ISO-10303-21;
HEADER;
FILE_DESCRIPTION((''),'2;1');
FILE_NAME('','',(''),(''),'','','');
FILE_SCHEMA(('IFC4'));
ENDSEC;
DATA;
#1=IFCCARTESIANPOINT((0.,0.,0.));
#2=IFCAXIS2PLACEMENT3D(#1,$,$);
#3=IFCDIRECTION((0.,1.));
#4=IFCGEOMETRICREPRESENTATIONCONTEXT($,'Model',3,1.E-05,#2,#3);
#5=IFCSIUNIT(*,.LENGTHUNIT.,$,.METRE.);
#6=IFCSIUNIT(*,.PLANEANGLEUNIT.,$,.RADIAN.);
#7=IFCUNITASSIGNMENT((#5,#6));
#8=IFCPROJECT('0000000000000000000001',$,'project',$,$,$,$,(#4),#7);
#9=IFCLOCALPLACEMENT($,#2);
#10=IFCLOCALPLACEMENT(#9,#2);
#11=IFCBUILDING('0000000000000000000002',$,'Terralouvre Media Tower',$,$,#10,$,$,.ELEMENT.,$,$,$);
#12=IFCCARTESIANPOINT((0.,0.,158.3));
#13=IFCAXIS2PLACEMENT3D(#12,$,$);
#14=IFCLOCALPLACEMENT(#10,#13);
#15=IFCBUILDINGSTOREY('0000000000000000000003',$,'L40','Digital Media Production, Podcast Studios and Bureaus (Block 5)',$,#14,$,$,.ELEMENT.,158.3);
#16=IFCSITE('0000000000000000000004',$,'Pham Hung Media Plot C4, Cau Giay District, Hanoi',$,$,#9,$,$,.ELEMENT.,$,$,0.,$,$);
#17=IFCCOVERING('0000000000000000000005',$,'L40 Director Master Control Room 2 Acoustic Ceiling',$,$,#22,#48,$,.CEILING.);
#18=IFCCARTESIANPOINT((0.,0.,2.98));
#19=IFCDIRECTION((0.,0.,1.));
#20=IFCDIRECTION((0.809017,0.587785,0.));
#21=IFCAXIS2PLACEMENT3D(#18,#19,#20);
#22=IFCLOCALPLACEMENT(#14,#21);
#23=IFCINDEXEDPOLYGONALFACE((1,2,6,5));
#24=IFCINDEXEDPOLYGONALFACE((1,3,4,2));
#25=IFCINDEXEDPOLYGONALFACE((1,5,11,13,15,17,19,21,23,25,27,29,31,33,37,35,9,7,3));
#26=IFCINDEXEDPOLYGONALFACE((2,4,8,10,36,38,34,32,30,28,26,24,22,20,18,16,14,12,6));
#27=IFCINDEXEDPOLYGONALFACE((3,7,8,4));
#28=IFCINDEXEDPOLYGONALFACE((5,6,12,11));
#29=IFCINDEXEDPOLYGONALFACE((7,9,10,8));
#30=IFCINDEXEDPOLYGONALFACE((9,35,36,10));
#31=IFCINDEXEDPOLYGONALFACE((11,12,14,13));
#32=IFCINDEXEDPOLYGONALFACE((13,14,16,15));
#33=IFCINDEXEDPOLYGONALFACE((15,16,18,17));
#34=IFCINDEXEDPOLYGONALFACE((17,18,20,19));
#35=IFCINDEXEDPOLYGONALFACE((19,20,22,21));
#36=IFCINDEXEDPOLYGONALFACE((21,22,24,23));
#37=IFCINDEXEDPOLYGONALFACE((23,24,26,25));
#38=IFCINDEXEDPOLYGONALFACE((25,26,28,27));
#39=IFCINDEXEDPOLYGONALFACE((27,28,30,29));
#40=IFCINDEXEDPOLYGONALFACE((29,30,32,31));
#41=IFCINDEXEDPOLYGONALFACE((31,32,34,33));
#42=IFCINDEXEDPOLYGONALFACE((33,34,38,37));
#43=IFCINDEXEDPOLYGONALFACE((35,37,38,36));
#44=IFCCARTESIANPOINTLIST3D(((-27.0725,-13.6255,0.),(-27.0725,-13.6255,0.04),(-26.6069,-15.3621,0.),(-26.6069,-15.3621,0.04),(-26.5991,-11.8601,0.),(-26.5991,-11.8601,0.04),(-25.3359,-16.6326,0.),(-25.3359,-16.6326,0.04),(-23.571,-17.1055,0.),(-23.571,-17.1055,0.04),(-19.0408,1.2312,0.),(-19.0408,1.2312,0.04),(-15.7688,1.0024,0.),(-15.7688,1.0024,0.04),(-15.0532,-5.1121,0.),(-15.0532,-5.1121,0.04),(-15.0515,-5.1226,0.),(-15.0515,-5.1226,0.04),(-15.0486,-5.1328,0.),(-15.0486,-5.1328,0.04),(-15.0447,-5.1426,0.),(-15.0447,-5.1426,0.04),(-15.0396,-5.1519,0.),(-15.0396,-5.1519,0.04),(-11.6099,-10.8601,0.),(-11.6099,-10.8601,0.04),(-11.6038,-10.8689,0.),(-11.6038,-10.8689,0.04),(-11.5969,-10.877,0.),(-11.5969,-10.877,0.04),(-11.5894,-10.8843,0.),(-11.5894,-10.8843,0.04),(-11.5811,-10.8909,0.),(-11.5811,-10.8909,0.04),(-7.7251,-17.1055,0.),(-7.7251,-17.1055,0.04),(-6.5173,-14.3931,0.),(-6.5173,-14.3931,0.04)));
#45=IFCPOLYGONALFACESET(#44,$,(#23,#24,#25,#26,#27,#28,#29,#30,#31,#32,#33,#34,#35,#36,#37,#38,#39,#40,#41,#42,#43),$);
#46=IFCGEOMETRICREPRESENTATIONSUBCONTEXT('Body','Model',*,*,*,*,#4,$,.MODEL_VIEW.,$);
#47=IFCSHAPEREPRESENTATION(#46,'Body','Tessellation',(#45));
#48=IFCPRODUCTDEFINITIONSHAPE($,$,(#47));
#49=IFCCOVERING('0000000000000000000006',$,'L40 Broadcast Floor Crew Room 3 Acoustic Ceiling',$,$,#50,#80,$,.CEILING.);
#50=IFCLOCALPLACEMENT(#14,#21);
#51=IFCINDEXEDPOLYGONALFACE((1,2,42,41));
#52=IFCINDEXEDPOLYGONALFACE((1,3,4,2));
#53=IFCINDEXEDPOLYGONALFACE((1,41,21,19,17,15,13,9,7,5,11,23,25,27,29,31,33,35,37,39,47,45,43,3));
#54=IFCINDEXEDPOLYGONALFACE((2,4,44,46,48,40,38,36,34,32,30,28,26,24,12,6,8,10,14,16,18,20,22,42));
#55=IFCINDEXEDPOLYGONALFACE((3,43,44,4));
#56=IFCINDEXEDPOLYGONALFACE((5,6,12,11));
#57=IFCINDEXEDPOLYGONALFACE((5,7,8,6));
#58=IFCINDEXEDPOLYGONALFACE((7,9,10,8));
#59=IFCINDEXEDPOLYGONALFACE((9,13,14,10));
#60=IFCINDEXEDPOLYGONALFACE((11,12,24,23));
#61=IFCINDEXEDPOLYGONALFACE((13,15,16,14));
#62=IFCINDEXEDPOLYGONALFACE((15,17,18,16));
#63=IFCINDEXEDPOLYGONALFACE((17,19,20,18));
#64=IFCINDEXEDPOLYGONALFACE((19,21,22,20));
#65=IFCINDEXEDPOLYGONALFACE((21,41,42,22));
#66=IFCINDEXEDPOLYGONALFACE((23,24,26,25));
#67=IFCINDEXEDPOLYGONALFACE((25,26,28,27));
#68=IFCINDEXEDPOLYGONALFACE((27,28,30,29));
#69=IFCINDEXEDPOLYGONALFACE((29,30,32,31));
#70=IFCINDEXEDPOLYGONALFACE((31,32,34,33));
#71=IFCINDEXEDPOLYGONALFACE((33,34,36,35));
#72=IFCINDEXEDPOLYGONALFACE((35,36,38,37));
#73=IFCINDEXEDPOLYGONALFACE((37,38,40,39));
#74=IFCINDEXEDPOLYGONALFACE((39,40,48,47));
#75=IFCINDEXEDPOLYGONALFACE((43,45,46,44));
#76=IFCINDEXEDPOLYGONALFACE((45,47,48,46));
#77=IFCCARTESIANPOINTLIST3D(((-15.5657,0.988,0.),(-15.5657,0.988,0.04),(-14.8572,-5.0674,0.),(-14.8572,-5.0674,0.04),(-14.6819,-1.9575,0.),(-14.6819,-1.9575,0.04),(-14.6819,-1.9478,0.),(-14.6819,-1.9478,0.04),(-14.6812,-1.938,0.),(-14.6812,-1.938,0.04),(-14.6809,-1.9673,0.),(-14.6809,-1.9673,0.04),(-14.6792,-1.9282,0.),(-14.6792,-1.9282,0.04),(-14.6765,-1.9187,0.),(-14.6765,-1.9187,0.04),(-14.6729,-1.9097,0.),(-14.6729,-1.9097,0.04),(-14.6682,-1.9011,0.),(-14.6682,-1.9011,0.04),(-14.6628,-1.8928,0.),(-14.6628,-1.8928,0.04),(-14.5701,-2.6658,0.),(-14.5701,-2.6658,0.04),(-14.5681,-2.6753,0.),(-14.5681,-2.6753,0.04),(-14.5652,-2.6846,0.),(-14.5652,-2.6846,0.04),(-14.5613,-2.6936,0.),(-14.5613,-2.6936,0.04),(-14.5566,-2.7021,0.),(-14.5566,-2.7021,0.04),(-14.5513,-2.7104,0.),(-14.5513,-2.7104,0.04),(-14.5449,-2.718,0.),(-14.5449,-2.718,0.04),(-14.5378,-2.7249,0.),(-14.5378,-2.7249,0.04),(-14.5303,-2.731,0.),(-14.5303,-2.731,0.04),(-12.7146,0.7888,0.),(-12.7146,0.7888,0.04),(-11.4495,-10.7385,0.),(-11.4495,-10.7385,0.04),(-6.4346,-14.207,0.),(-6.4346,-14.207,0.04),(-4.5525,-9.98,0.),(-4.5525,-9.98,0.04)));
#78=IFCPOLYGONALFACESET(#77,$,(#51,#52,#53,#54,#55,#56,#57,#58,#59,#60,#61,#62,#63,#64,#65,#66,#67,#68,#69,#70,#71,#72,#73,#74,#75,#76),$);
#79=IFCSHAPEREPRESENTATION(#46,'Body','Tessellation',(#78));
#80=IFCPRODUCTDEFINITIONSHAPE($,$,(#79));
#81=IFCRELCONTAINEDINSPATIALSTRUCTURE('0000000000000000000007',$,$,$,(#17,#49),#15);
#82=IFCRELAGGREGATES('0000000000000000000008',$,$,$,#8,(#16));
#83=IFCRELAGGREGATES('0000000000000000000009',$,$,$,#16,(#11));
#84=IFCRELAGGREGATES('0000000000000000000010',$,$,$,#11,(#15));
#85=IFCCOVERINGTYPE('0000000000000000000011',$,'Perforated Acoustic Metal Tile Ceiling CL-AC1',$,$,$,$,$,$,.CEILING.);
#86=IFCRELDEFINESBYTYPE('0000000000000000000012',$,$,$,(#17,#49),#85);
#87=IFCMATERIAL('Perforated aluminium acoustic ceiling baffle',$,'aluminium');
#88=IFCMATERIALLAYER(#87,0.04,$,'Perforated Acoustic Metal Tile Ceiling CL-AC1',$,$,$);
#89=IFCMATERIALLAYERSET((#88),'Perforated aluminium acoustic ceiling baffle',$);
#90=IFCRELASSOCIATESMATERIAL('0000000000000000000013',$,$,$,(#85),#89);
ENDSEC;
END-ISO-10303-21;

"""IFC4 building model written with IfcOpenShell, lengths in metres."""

from ifc_helpers import new_model, si_unit, direction, frame, origin, place, context, subcontext, project, spatial, polyline, outline, extrude, material, layer, layer_set, type_object, element, save


model = new_model("IFC4")

# Units and contexts
model_context = context("Model", 3, precision=1e-05, world=origin(), true_north=direction((0.0, 1.0)))
body_context = subcontext(model_context, "Body", "Model", "MODEL_VIEW")
ifc_project = project(units=[si_unit("LENGTHUNIT", "METRE"), si_unit("PLANEANGLEUNIT", "RADIAN")], contexts=[model_context])

# Site, building, storey
site_placement = place(None, origin())
site = spatial("IfcSite", under=ifc_project, at=site_placement, Name="Pham Hung Media Plot C4, Cau Giay District, Hanoi", CompositionType="ELEMENT", RefElevation=0.0)
building_placement = place(site_placement, origin())
building = spatial("IfcBuilding", under=site, at=building_placement, Name="Terralouvre Media Tower", CompositionType="ELEMENT")
storey_placement = place(building_placement, frame((0.0, 0.0, 158.3)))
storey = spatial("IfcBuildingStorey", under=building, at=storey_placement, Name="L40", Description="Digital Media Production, Podcast Studios and Bureaus (Block 5)", CompositionType="ELEMENT", Elevation=158.3)

# Coverings
ifc_material_1 = material(Name="Perforated aluminium acoustic ceiling baffle", Category="aluminium")
ifc_layer_1 = layer(ifc_material_1, 0.04, Name="Perforated Acoustic Metal Tile Ceiling CL-AC1")
ifc_layer_set_1 = layer_set([ifc_layer_1], Name="Perforated aluminium acoustic ceiling baffle")
covering_type_1 = type_object("IfcCoveringType", Name="Perforated Acoustic Metal Tile Ceiling CL-AC1", PredefinedType="CEILING", material=ifc_layer_set_1)
covering_1_placement = place(storey_placement, frame((0.0, 0.0, 2.98), z_axis=(0.0, 0.0, 1.0), x_axis=(0.809017, 0.587785, 0.0)))
element("IfcCovering", 1, at=covering_1_placement, inside=storey, type_object=covering_type_1, Name="L40 Director Master Control Room 2 Acoustic Ceiling", PredefinedType="CEILING", context=body_context, shape_type="SweptSolid", body=[
    extrude(outline(polyline([(-7.7251, -17.1055), (-6.5173, -14.3931), (-11.5811, -10.8909), (-11.5894, -10.8843), (-11.5969, -10.877), (-11.6038, -10.8689), (-11.6099, -10.8601), (-15.0396, -5.1519), (-15.0447, -5.1426), (-15.0486, -5.1328), (-15.0515, -5.1226), (-15.0532, -5.1121), (-15.7688, 1.0024), (-19.0408, 1.2312), (-26.5991, -11.8601), (-27.0725, -13.6255), (-26.6069, -15.3621), (-25.3359, -16.6326), (-23.571, -17.1055), (-7.7251, -17.1055)])), origin(), (0.0, 0.0, 1.0), 0.04),
])
covering_2_placement = place(storey_placement, frame((0.0, 0.0, 2.98), z_axis=(0.0, 0.0, 1.0), x_axis=(0.809017, 0.587785, 0.0)))
element("IfcCovering", 2, at=covering_2_placement, inside=storey, type_object=covering_type_1, Name="L40 Broadcast Floor Crew Room 3 Acoustic Ceiling", PredefinedType="CEILING", context=body_context, shape_type="SweptSolid", body=[
    extrude(outline(polyline([(-14.8572, -5.0674), (-11.4495, -10.7385), (-6.4346, -14.207), (-4.5525, -9.98), (-14.5303, -2.731), (-14.5378, -2.7249), (-14.5449, -2.718), (-14.5513, -2.7104), (-14.5566, -2.7021), (-14.5613, -2.6936), (-14.5652, -2.6846), (-14.5681, -2.6753), (-14.5701, -2.6658), (-14.6809, -1.9673), (-14.6819, -1.9575), (-14.6819, -1.9478), (-14.6812, -1.938), (-14.6792, -1.9282), (-14.6765, -1.9187), (-14.6729, -1.9097), (-14.6682, -1.9011), (-14.6628, -1.8928), (-12.7146, 0.7888), (-15.5657, 0.988), (-14.8572, -5.0674)])), origin(), (0.0, 0.0, 1.0), 0.04),
])

save(model, "model.ifc")
